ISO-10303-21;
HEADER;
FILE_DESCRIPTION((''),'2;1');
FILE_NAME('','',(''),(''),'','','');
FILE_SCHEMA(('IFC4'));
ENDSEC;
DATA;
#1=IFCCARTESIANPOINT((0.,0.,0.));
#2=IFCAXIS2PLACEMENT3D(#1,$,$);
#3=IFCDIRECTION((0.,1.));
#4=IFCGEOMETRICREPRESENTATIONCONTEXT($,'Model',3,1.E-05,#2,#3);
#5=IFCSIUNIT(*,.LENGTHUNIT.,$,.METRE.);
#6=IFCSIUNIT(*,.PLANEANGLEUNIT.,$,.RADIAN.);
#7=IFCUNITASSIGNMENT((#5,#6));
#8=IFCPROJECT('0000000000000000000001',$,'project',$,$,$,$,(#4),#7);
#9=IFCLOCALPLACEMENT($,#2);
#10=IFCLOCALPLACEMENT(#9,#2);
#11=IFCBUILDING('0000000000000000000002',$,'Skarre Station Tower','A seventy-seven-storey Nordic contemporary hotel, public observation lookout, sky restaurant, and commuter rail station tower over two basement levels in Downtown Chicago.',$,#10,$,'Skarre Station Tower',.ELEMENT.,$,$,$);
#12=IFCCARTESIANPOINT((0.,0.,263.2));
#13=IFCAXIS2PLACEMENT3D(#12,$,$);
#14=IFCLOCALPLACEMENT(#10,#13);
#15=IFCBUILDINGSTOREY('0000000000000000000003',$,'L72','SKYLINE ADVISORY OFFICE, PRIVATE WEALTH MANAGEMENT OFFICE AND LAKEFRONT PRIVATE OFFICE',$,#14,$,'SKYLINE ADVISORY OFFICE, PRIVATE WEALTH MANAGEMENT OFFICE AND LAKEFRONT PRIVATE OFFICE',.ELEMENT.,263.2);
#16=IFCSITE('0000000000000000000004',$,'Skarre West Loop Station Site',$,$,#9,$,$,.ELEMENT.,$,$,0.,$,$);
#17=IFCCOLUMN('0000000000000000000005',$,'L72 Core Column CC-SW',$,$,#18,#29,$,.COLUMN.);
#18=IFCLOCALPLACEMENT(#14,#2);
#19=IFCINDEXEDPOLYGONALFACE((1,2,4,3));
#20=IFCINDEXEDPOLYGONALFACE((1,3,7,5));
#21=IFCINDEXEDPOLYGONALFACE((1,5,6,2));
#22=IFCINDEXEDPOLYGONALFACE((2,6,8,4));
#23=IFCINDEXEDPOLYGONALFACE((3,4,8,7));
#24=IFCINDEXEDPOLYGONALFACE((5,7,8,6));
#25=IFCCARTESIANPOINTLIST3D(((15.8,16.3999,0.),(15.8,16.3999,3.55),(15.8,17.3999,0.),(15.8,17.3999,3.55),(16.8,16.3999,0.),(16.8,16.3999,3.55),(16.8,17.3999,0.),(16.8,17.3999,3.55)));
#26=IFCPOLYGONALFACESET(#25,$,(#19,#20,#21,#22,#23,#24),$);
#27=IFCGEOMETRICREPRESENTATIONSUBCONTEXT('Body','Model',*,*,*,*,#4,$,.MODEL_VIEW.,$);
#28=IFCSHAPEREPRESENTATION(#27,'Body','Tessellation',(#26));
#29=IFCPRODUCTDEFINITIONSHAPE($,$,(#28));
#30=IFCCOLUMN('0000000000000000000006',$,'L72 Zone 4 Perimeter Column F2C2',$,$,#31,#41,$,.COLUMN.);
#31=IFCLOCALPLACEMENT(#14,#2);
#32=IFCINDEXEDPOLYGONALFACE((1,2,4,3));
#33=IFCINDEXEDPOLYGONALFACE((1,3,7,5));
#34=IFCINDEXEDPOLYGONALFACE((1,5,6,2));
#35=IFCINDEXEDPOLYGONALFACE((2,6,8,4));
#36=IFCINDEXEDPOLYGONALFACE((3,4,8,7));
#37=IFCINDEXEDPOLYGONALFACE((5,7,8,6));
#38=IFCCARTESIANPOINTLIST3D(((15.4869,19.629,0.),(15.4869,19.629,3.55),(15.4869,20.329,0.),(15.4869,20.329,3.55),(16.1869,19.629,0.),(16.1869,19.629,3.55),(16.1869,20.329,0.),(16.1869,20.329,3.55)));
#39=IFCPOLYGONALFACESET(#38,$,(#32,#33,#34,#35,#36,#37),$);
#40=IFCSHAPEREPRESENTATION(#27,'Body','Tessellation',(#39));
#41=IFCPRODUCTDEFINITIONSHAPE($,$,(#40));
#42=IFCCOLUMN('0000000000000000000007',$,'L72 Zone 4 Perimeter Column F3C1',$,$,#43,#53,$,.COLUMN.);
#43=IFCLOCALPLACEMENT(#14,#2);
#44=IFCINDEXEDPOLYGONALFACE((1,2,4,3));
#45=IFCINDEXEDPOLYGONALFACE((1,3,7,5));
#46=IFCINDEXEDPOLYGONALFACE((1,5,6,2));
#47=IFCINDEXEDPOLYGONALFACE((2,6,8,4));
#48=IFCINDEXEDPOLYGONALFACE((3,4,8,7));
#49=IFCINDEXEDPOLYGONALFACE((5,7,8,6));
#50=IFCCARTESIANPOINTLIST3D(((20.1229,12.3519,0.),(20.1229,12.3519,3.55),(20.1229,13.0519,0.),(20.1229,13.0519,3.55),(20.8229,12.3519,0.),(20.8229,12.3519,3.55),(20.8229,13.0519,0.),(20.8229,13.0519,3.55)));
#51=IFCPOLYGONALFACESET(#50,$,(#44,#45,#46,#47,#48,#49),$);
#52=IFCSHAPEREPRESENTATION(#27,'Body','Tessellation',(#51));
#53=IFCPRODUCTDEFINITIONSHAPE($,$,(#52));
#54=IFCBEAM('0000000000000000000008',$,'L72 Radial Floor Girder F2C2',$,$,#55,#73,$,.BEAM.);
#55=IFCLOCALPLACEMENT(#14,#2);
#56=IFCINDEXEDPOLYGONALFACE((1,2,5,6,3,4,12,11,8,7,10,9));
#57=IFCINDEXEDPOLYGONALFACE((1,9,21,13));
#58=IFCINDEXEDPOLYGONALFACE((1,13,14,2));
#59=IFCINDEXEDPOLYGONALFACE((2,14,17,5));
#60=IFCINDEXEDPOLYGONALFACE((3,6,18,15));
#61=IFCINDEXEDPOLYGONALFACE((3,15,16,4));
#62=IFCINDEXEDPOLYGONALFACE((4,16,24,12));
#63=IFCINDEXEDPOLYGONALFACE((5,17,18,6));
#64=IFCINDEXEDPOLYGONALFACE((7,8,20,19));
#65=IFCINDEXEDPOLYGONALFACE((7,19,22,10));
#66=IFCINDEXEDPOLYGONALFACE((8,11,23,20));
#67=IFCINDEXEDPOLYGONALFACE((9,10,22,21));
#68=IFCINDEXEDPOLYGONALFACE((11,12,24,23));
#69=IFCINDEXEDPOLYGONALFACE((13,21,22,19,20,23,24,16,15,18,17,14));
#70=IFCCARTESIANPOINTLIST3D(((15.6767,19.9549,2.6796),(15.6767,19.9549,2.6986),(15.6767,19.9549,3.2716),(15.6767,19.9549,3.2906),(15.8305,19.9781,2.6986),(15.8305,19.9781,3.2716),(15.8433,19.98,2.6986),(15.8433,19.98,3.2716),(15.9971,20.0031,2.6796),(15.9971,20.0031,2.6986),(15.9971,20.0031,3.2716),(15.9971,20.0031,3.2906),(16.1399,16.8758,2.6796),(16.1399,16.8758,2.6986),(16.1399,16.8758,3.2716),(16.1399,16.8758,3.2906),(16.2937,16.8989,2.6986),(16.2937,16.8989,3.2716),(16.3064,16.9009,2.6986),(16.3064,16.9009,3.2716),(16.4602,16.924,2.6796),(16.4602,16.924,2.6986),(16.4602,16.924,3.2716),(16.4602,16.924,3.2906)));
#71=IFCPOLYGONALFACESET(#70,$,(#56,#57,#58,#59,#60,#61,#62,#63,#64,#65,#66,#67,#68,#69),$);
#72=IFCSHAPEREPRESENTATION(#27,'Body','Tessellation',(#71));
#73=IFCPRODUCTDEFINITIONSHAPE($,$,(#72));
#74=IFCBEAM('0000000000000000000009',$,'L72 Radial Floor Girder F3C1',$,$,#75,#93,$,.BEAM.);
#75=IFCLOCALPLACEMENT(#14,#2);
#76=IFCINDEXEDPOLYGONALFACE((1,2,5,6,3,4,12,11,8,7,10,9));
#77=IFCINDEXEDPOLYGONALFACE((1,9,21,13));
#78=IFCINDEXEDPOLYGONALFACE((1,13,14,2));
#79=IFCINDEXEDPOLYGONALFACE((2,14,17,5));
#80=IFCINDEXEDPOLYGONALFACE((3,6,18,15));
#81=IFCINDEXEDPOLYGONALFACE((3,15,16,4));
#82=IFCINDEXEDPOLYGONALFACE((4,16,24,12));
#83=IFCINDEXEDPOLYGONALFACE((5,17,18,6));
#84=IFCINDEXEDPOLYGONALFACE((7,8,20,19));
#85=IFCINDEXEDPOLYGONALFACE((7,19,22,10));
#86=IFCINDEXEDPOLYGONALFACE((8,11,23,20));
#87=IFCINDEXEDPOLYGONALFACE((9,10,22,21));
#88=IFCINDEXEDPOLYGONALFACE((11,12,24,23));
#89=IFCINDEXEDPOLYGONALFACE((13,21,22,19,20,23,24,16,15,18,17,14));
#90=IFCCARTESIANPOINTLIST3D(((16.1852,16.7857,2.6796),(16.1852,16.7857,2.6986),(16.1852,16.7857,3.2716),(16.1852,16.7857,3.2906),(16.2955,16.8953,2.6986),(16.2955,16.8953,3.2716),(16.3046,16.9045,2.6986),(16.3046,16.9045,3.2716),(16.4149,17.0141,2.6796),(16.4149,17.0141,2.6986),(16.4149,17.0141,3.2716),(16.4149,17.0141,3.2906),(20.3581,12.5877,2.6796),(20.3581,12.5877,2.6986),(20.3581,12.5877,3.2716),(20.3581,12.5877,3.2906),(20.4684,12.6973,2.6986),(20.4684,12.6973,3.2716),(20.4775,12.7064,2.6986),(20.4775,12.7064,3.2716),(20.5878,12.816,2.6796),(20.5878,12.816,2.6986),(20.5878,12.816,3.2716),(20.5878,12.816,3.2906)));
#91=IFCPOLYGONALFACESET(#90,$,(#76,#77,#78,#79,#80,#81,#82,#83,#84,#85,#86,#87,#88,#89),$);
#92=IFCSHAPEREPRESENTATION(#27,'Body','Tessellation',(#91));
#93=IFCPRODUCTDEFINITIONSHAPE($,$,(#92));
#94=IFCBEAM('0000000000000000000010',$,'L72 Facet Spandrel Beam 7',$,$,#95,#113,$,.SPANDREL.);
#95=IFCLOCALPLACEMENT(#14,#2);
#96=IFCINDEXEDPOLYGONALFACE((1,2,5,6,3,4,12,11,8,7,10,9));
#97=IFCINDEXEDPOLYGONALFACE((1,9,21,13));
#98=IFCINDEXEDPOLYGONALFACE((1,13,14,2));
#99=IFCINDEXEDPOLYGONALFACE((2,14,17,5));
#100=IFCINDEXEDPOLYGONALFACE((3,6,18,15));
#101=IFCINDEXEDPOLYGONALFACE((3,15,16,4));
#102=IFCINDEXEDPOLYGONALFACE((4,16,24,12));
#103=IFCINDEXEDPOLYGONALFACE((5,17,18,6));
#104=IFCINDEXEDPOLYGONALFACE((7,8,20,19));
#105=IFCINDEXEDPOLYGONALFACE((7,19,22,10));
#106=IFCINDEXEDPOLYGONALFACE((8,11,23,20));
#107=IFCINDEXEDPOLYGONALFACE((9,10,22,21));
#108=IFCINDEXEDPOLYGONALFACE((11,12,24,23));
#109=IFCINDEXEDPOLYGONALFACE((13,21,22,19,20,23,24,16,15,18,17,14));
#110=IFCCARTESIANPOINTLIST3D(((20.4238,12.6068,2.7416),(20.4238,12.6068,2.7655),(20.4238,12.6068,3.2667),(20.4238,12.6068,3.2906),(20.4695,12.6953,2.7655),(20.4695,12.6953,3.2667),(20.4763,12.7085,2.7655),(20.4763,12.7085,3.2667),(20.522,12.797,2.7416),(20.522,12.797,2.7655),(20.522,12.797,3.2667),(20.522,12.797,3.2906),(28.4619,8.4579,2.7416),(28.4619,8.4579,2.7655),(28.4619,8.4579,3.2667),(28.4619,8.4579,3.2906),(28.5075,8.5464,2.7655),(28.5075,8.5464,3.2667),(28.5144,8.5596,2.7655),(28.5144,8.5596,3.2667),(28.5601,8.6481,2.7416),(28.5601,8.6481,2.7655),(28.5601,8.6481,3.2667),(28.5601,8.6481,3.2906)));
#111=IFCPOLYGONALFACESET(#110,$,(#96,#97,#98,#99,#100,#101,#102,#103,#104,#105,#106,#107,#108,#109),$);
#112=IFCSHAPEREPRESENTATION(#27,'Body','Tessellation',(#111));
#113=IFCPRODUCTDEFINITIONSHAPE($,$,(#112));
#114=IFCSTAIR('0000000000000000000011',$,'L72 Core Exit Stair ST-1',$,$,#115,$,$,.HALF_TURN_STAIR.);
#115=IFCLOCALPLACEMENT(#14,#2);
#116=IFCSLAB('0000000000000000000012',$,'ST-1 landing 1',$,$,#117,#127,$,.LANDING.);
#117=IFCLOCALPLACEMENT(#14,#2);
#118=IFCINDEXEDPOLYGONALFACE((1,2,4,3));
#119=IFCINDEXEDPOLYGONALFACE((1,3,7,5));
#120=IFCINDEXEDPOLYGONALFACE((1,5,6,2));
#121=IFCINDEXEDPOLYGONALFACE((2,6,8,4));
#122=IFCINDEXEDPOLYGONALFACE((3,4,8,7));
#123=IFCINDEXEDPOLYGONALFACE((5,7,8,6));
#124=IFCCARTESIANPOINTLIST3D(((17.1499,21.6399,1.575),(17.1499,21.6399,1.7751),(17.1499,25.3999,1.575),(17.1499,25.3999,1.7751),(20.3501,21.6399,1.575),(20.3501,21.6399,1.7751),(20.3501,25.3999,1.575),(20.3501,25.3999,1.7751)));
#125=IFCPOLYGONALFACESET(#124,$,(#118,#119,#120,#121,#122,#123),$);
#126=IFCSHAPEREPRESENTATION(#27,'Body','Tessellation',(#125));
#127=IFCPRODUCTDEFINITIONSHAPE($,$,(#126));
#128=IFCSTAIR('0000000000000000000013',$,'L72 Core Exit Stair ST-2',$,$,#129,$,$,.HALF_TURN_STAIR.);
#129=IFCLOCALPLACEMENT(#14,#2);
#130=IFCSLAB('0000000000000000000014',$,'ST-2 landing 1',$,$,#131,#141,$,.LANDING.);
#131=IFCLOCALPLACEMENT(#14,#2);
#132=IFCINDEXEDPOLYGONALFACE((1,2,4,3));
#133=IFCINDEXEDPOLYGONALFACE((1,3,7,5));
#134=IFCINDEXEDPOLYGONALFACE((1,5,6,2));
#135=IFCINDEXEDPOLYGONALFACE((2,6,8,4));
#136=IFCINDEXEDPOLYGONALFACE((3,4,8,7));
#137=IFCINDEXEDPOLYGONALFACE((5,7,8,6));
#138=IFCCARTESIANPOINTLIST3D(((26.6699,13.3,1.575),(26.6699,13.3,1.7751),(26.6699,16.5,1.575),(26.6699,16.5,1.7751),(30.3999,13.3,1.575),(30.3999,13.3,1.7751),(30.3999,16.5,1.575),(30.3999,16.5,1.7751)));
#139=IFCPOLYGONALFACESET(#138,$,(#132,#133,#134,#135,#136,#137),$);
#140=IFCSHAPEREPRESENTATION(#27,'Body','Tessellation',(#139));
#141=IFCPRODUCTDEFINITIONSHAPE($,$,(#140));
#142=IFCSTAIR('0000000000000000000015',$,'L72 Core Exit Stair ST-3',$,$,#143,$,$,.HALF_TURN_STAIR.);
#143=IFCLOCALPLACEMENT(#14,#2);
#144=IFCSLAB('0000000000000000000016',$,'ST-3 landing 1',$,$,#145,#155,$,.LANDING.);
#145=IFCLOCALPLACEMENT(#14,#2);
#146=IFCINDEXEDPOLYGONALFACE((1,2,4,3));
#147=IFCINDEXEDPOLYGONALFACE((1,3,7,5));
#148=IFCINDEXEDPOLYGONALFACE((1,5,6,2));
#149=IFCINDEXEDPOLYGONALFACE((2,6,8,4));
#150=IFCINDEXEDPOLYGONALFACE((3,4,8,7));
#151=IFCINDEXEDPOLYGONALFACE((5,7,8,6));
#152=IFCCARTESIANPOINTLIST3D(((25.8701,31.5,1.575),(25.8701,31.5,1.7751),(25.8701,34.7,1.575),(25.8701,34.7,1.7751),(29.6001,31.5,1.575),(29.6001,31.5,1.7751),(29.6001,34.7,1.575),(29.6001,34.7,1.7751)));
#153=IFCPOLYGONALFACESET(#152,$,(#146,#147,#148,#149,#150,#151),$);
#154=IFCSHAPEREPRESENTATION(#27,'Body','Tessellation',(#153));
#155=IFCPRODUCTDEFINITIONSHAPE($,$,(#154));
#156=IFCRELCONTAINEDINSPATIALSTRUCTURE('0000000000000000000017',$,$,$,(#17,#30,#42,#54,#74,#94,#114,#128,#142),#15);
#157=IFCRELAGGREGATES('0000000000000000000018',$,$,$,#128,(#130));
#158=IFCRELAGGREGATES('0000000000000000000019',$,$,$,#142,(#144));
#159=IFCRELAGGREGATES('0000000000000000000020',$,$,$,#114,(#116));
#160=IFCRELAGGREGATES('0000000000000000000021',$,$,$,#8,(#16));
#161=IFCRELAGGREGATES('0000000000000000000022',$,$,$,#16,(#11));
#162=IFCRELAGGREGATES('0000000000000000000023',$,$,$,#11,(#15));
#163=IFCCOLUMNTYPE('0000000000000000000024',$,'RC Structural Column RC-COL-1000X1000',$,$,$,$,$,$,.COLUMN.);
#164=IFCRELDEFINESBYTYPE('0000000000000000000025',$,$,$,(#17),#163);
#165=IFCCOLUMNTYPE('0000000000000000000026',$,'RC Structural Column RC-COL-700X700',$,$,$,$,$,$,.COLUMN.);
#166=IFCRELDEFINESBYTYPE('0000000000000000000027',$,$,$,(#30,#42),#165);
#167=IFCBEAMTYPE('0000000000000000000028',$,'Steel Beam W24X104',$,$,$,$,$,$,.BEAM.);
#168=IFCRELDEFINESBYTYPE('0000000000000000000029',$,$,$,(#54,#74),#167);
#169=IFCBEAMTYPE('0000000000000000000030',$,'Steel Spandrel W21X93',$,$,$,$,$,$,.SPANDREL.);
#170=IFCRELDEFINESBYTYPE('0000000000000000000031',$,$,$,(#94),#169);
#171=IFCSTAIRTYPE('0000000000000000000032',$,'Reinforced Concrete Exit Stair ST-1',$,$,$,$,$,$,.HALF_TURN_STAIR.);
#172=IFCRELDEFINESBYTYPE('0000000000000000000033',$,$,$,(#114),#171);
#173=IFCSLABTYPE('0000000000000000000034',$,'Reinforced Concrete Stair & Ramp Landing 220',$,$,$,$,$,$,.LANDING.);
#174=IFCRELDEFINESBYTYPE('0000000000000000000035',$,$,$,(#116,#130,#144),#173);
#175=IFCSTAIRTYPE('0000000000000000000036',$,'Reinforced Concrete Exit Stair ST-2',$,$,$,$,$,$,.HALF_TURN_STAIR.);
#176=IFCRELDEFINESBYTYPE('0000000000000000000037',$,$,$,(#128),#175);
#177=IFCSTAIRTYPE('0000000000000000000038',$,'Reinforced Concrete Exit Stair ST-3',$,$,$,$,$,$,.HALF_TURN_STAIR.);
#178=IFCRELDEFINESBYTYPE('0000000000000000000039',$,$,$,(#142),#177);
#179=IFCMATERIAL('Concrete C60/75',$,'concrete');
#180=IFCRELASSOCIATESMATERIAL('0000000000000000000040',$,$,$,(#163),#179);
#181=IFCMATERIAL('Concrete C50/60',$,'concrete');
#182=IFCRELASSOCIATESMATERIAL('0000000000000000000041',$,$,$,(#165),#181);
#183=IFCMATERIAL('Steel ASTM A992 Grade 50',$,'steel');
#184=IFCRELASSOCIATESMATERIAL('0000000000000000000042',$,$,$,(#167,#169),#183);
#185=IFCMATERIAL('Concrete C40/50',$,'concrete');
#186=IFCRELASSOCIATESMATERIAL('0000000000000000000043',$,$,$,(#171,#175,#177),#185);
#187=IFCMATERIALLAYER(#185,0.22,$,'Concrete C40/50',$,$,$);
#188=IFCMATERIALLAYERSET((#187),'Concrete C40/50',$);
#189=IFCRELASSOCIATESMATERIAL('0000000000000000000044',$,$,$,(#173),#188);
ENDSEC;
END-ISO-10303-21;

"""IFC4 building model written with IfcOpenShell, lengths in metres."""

from ifc_helpers import new_model, si_unit, direction, frame, origin, origin_2d, place, context, subcontext, project, spatial, polyline, rectangle, i_section, outline, extrude, material, layer, layer_set, material_profile, profile_set, type_object, element, aggregate, save


model = new_model("IFC4")

# Units and contexts
model_context = context("Model", 3, precision=1e-05, world=origin(), true_north=direction((0.0, 1.0)))
body_context = subcontext(model_context, "Body", "Model", "MODEL_VIEW")
ifc_project = project(units=[si_unit("LENGTHUNIT", "METRE"), si_unit("PLANEANGLEUNIT", "RADIAN")], contexts=[model_context])

# Site, building, storey
site_placement = place(None, origin())
site = spatial("IfcSite", under=ifc_project, at=site_placement, Name="Skarre West Loop Station Site", CompositionType="ELEMENT", RefElevation=0.0)
building_placement = place(site_placement, origin())
building = spatial("IfcBuilding", under=site, at=building_placement, Name="Skarre Station Tower", Description="A seventy-seven-storey Nordic contemporary hotel, public observation lookout, sky restaurant, and commuter rail station tower over two basement levels in Downtown Chicago.", LongName="Skarre Station Tower", CompositionType="ELEMENT")
storey_placement = place(building_placement, frame((0.0, 0.0, 263.2)))
storey = spatial("IfcBuildingStorey", under=building, at=storey_placement, Name="L72", Description="SKYLINE ADVISORY OFFICE, PRIVATE WEALTH MANAGEMENT OFFICE AND LAKEFRONT PRIVATE OFFICE", LongName="SKYLINE ADVISORY OFFICE, PRIVATE WEALTH MANAGEMENT OFFICE AND LAKEFRONT PRIVATE OFFICE", CompositionType="ELEMENT", Elevation=263.2)

# Columns
ifc_material_1 = material(Name="Concrete C60/75", Category="concrete")
ifc_material_profile_1 = material_profile(ifc_material_1, rectangle(XDim=1.0, YDim=1.0, at=origin_2d()), Name="Concrete C60/75")
ifc_profile_set_1 = profile_set([ifc_material_profile_1], Name="Concrete C60/75")
column_type_1 = type_object("IfcColumnType", Name="RC Structural Column RC-COL-1000X1000", PredefinedType="COLUMN", material=ifc_profile_set_1)
column_placement = place(storey_placement, frame((16.3, 16.8999, 0.0), z_axis=(0.0, 0.0, 1.0), x_axis=(1.0, 0.0, 0.0)))
element("IfcColumn", 1, at=column_placement, inside=storey, type_object=column_type_1, Name="L72 Core Column CC-SW", PredefinedType="COLUMN", context=body_context, shape_type="SweptSolid", body=[
    extrude(rectangle(XDim=1.0, YDim=1.0, at=origin_2d()), origin(), (0.0, 0.0, 1.0), 3.55),
])
ifc_material_2 = material(Name="Concrete C50/60", Category="concrete")
ifc_material_profile_2 = material_profile(ifc_material_2, rectangle(XDim=0.7, YDim=0.7, at=origin_2d()), Name="Concrete C50/60")
ifc_profile_set_2 = profile_set([ifc_material_profile_2], Name="Concrete C50/60")
column_type_2 = type_object("IfcColumnType", Name="RC Structural Column RC-COL-700X700", PredefinedType="COLUMN", material=ifc_profile_set_2)
for number, where, z_axis, x_axis, name in (
    (2, (15.8369, 19.979, 0.0), (0.0, 0.0, 1.0), (1.0, 0.0, 0.0), "L72 Zone 4 Perimeter Column F2C2"),
    (3, (20.4729, 12.7019, 0.0), (0.0, 0.0, 1.0), (1.0, 0.0, 0.0), "L72 Zone 4 Perimeter Column F3C1"),
):
    element("IfcColumn", number, at=place(storey_placement, frame(where, z_axis=z_axis, x_axis=x_axis)), inside=storey, type_object=column_type_2, Name=name, PredefinedType="COLUMN", context=body_context, shape_type="SweptSolid", body=[
        extrude(rectangle(XDim=0.7, YDim=0.7, at=origin_2d()), origin(), (0.0, 0.0, 1.0), 3.55),
    ])

# Beams
ifc_material_3 = material(Name="Steel ASTM A992 Grade 50", Category="steel")
ifc_material_profile_3 = material_profile(ifc_material_3, i_section(OverallWidth=0.324, OverallDepth=0.6111, WebThickness=0.0129, FlangeThickness=0.019, at=origin_2d()), Name="Steel ASTM A992 Grade 50")
ifc_profile_set_3 = profile_set([ifc_material_profile_3], Name="Steel ASTM A992 Grade 50")
beam_type_1 = type_object("IfcBeamType", Name="Steel Beam W24X104", PredefinedType="BEAM", material=ifc_profile_set_3)
beam_1_placement = place(storey_placement, frame((16.3, 16.8999, 2.9851), z_axis=(-0.148739, 0.988876, 0.0), x_axis=(-0.988876, -0.148739, 0.0)))
element("IfcBeam", 4, at=beam_1_placement, inside=storey, type_object=beam_type_1, Name="L72 Radial Floor Girder F2C2", PredefinedType="BEAM", context=body_context, shape_type="SweptSolid", body=[
    extrude(i_section(OverallWidth=0.324, OverallDepth=0.6111, WebThickness=0.0129, FlangeThickness=0.019, at=origin_2d()), origin(), (0.0, 0.0, 1.0), 3.1138),
])
beam_2_placement = place(storey_placement, frame((16.3, 16.8999, 2.9851), z_axis=(0.704979, -0.709228, 0.0), x_axis=(0.709228, 0.704979, 0.0)))
element("IfcBeam", 5, at=beam_2_placement, inside=storey, type_object=beam_type_1, Name="L72 Radial Floor Girder F3C1", PredefinedType="BEAM", context=body_context, shape_type="SweptSolid", body=[
    extrude(i_section(OverallWidth=0.324, OverallDepth=0.6111, WebThickness=0.0129, FlangeThickness=0.019, at=origin_2d()), origin(), (0.0, 0.0, 1.0), 5.9192),
])
ifc_material_profile_4 = material_profile(ifc_material_3, i_section(OverallWidth=0.2141, OverallDepth=0.5491, WebThickness=0.0149, FlangeThickness=0.0239, at=origin_2d()), Name="Steel ASTM A992 Grade 50")
ifc_profile_set_4 = profile_set([ifc_material_profile_4], Name="Steel ASTM A992 Grade 50")
beam_type_2 = type_object("IfcBeamType", Name="Steel Spandrel W21X93", PredefinedType="SPANDREL", material=ifc_profile_set_4)
beam_3_placement = place(storey_placement, frame((20.4729, 12.7019, 3.0161), z_axis=(0.88861, -0.458664, 0.0), x_axis=(0.458664, 0.88861, 0.0)))
element("IfcBeam", 6, at=beam_3_placement, inside=storey, type_object=beam_type_2, Name="L72 Facet Spandrel Beam 7", PredefinedType="SPANDREL", context=body_context, shape_type="SweptSolid", body=[
    extrude(i_section(OverallWidth=0.2141, OverallDepth=0.5491, WebThickness=0.0149, FlangeThickness=0.0239, at=origin_2d()), origin(), (0.0, 0.0, 1.0), 9.0457),
])

# Stairs, slabs
ifc_material_4 = material(Name="Concrete C40/50", Category="concrete")
stair_type_1 = type_object("IfcStairType", Name="Reinforced Concrete Exit Stair ST-1", PredefinedType="HALF_TURN_STAIR", material=ifc_material_4)
stair_1_placement = place(storey_placement, origin())
stair_1 = element("IfcStair", 7, at=stair_1_placement, inside=storey, type_object=stair_type_1, Name="L72 Core Exit Stair ST-1", PredefinedType="HALF_TURN_STAIR")
ifc_layer_1 = layer(ifc_material_4, 0.22, Name="Concrete C40/50")
ifc_layer_set_1 = layer_set([ifc_layer_1], Name="Concrete C40/50")
slab_type_1 = type_object("IfcSlabType", Name="Reinforced Concrete Stair & Ramp Landing 220", PredefinedType="LANDING", material=ifc_layer_set_1)
slab_1_placement = place(storey_placement, frame((0.0, 0.0, 1.575)))
slab_1 = element("IfcSlab", 8, at=slab_1_placement, type_object=slab_type_1, Name="ST-1 landing 1", PredefinedType="LANDING", context=body_context, shape_type="SweptSolid", body=[
    extrude(outline(polyline([(20.3501, 21.6399), (20.3501, 25.3999), (17.1499, 25.3999), (17.1499, 21.6399), (20.3501, 21.6399)])), origin(), (0.0, 0.0, 1.0), 0.2002),
])
stair_type_2 = type_object("IfcStairType", Name="Reinforced Concrete Exit Stair ST-2", PredefinedType="HALF_TURN_STAIR", material=ifc_material_4)
stair_2_placement = place(storey_placement, origin())
stair_2 = element("IfcStair", 9, at=stair_2_placement, inside=storey, type_object=stair_type_2, Name="L72 Core Exit Stair ST-2", PredefinedType="HALF_TURN_STAIR")
slab_2_placement = place(storey_placement, frame((0.0, 0.0, 1.575)))
slab_2 = element("IfcSlab", 10, at=slab_2_placement, type_object=slab_type_1, Name="ST-2 landing 1", PredefinedType="LANDING", context=body_context, shape_type="SweptSolid", body=[
    extrude(outline(polyline([(26.6699, 13.3), (30.3999, 13.3), (30.3999, 16.5), (26.6699, 16.5), (26.6699, 13.3)])), origin(), (0.0, 0.0, 1.0), 0.2002),
])
aggregate(stair_2, [slab_2])
stair_type_3 = type_object("IfcStairType", Name="Reinforced Concrete Exit Stair ST-3", PredefinedType="HALF_TURN_STAIR", material=ifc_material_4)
stair_3_placement = place(storey_placement, origin())
stair_3 = element("IfcStair", 11, at=stair_3_placement, inside=storey, type_object=stair_type_3, Name="L72 Core Exit Stair ST-3", PredefinedType="HALF_TURN_STAIR")
slab_3_placement = place(storey_placement, frame((0.0, 0.0, 1.575)))
slab_3 = element("IfcSlab", 12, at=slab_3_placement, type_object=slab_type_1, Name="ST-3 landing 1", PredefinedType="LANDING", context=body_context, shape_type="SweptSolid", body=[
    extrude(outline(polyline([(25.8701, 31.5), (29.6001, 31.5), (29.6001, 34.7), (25.8701, 34.7), (25.8701, 31.5)])), origin(), (0.0, 0.0, 1.0), 0.2002),
])
aggregate(stair_3, [slab_3])

aggregate(stair_1, [slab_1])

save(model, "model.ifc")
